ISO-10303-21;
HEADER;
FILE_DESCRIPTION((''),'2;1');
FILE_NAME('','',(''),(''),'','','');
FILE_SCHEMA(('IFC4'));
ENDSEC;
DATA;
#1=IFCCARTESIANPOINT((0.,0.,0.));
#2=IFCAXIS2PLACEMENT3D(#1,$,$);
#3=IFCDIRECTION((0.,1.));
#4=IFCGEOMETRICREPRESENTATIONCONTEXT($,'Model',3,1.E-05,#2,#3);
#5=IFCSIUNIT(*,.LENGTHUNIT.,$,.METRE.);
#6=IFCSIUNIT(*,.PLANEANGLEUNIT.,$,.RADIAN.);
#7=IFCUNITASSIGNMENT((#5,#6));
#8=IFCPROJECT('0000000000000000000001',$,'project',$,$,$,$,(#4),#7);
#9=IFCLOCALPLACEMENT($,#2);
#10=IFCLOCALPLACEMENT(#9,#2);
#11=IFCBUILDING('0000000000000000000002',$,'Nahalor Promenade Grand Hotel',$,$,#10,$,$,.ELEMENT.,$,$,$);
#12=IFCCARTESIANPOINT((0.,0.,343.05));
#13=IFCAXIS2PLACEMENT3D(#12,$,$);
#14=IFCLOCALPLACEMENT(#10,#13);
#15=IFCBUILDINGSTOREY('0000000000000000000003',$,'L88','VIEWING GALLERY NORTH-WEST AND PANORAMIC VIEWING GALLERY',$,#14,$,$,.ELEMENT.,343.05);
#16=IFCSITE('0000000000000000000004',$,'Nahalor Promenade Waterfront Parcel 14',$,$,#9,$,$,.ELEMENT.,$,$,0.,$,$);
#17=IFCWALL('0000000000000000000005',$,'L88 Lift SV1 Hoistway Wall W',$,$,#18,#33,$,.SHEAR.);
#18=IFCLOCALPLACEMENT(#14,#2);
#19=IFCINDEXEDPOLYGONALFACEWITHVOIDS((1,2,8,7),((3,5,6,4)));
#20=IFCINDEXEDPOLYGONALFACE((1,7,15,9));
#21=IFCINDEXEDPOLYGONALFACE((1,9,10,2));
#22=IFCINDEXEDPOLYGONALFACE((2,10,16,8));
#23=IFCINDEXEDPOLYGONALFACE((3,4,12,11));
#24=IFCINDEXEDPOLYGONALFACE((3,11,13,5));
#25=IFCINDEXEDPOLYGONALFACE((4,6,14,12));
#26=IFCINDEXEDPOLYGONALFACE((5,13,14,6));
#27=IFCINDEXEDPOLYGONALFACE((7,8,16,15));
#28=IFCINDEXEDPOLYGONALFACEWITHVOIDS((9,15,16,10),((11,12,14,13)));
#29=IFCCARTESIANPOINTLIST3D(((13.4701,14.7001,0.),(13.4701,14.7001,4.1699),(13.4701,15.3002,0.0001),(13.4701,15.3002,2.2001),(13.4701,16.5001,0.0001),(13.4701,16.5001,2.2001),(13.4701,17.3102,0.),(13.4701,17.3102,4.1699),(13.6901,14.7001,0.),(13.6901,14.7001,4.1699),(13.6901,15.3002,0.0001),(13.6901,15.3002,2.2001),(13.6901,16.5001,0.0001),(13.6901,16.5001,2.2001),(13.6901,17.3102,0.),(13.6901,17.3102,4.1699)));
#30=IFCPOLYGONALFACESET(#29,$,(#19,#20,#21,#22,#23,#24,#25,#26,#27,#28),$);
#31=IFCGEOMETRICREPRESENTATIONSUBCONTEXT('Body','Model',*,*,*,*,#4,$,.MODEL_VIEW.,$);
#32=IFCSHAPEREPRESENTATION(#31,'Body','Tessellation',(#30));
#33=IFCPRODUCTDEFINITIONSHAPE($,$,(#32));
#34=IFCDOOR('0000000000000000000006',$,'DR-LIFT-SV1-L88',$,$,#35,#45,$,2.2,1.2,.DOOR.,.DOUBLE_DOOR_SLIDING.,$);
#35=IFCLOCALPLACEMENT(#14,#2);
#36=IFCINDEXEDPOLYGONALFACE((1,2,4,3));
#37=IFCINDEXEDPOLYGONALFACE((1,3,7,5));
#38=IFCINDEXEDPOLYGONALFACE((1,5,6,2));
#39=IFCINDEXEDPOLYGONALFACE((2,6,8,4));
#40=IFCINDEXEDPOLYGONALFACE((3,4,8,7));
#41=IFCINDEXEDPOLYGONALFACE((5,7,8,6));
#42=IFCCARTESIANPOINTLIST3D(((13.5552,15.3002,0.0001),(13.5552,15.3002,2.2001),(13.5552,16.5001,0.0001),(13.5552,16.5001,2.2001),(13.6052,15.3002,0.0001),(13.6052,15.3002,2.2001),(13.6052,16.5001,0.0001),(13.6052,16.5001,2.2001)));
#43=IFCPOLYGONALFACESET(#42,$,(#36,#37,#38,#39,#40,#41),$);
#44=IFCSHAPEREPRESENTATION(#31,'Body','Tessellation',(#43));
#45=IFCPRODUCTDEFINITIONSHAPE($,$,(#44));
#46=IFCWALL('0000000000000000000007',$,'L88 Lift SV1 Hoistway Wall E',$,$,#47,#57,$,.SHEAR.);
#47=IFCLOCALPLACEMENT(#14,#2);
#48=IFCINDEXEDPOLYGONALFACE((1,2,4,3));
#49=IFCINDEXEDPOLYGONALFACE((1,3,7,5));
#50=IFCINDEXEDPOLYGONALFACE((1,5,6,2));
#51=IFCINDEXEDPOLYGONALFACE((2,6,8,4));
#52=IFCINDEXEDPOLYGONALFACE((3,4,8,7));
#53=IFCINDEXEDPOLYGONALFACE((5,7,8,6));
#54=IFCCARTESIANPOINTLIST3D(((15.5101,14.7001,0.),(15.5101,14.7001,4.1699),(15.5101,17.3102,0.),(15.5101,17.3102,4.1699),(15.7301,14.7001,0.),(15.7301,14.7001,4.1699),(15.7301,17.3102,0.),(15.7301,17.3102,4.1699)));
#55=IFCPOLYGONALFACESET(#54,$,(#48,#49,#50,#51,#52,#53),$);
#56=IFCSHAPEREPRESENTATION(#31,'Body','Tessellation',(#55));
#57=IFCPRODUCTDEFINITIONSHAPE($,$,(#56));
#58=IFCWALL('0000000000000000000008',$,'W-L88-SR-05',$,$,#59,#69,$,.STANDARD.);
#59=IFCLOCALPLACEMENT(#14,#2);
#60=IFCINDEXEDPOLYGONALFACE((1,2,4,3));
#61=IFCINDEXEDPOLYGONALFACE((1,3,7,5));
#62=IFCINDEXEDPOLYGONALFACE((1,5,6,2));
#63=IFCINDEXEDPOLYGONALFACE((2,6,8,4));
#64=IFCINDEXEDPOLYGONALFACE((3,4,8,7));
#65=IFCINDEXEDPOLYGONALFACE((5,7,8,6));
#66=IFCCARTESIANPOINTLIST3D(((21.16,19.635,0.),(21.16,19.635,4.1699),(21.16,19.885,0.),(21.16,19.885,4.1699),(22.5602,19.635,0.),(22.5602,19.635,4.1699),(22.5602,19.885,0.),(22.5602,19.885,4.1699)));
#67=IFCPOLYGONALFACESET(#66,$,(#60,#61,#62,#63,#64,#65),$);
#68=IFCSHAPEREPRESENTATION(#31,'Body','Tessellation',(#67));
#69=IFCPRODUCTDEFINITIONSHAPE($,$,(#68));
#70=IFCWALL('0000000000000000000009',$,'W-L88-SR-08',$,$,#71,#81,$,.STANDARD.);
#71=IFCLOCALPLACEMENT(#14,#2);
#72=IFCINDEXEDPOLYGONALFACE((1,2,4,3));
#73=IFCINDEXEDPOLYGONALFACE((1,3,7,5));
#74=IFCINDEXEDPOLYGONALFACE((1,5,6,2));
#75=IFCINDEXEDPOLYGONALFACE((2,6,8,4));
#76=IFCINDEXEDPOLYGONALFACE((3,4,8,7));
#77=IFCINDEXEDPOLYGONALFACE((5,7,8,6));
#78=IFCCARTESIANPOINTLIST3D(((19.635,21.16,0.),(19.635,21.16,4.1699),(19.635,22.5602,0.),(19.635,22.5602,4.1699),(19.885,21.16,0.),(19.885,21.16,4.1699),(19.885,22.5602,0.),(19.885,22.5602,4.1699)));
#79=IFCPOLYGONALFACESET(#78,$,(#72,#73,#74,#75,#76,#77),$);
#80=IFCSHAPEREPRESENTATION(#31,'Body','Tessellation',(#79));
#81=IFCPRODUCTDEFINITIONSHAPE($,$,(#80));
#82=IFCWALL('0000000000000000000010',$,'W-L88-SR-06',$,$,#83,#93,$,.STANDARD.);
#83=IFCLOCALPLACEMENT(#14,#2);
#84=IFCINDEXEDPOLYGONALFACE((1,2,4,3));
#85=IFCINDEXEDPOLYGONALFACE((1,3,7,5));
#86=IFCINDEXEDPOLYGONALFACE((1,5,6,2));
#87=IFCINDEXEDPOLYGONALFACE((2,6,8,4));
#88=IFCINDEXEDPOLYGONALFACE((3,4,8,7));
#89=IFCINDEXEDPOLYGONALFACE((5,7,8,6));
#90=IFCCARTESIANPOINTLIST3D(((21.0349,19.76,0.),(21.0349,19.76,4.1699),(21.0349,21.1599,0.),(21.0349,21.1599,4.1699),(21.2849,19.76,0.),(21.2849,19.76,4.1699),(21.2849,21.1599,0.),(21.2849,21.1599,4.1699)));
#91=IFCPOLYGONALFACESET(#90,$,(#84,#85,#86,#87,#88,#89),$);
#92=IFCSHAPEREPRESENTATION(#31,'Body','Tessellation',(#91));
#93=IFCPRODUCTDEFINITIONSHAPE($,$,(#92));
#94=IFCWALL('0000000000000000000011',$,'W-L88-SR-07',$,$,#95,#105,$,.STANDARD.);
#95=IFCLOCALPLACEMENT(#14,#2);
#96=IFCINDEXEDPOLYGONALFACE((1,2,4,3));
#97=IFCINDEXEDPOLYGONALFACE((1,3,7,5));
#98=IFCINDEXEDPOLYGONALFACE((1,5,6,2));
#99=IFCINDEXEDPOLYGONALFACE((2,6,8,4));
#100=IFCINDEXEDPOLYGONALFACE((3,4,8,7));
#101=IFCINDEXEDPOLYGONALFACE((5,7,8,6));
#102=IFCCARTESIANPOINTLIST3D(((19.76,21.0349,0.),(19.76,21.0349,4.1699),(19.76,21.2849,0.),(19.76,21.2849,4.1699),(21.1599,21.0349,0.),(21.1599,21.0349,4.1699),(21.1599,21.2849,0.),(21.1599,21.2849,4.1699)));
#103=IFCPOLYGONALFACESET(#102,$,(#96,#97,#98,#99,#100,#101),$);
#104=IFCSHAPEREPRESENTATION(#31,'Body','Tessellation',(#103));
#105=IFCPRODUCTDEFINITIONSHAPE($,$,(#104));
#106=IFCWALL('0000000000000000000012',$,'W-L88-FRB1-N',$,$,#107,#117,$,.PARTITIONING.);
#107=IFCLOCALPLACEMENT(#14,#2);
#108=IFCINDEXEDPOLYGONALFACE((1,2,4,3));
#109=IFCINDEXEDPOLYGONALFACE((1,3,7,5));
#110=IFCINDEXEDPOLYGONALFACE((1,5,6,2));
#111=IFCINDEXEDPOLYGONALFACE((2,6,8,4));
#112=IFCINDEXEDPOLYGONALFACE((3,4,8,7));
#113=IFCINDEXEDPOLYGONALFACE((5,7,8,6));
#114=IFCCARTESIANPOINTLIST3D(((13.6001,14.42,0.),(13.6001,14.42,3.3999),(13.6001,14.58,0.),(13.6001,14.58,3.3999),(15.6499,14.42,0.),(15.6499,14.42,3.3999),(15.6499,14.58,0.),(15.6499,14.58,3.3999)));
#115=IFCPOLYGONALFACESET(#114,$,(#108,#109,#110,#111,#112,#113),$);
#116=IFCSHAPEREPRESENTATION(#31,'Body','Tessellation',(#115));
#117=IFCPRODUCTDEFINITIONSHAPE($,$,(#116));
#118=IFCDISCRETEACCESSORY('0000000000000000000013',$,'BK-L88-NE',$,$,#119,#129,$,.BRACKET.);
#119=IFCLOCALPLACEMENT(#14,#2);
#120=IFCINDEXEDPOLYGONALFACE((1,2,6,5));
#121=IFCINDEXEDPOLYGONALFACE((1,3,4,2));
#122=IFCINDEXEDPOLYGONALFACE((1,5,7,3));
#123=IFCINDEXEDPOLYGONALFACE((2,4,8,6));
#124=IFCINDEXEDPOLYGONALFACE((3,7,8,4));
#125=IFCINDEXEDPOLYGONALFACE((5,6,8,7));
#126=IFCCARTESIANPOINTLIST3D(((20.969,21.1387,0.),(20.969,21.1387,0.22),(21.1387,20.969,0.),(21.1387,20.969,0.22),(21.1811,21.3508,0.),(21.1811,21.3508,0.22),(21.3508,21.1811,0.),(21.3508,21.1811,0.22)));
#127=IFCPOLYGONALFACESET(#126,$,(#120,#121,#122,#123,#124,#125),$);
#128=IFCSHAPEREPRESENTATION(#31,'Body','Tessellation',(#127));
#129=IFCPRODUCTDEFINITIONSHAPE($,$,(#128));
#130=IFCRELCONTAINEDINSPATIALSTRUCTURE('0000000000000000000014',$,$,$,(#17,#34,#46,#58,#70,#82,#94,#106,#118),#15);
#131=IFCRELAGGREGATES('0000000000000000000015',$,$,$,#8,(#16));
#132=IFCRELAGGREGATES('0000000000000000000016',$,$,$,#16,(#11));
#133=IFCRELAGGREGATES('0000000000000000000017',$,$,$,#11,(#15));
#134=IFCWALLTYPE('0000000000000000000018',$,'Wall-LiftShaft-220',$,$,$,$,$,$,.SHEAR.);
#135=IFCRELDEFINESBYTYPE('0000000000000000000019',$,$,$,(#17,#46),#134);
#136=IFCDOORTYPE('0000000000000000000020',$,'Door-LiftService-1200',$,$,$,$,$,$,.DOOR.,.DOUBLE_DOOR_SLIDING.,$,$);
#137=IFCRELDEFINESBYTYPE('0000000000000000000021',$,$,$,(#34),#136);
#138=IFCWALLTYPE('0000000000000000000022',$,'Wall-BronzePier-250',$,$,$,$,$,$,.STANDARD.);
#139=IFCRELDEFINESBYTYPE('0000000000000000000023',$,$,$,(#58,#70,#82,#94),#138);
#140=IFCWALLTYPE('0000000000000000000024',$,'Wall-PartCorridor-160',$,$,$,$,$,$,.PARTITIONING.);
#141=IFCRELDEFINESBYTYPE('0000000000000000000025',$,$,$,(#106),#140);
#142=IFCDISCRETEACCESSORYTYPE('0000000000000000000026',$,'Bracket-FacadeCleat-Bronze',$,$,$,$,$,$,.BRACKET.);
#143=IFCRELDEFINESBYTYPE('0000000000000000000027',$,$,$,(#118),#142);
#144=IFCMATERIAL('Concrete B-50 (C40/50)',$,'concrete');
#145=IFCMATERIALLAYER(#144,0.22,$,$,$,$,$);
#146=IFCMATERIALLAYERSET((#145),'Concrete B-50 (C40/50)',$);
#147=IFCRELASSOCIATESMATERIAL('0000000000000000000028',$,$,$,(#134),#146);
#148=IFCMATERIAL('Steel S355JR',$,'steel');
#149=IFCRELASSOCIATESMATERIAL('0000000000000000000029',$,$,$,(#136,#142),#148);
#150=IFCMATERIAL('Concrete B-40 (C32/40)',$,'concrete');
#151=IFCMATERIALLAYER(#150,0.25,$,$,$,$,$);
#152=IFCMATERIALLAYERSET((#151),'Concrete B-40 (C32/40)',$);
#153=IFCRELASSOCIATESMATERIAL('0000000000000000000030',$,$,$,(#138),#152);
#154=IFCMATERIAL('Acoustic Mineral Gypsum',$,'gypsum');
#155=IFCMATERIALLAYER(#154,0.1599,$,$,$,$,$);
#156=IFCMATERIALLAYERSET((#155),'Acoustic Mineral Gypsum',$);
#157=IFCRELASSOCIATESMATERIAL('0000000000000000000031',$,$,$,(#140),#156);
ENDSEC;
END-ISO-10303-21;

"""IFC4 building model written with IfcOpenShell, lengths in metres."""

from ifc_helpers import new_model, si_unit, direction, frame, frame_2d, origin, origin_2d, place, context, subcontext, project, spatial, rectangle, extrude, source, transform, mapped, material, layer, layer_set, type_object, element, fill, save


model = new_model("IFC4")

# Units and contexts
model_context = context("Model", 3, precision=1e-05, world=origin(), true_north=direction((0.0, 1.0)))
body_context = subcontext(model_context, "Body", "Model", "MODEL_VIEW")
ifc_project = project(units=[si_unit("LENGTHUNIT", "METRE"), si_unit("PLANEANGLEUNIT", "RADIAN")], contexts=[model_context])

# Site, building, storey
site_placement = place(None, origin())
site = spatial("IfcSite", under=ifc_project, at=site_placement, Name="Nahalor Promenade Waterfront Parcel 14", CompositionType="ELEMENT", RefElevation=0.0)
building_placement = place(site_placement, origin())
building = spatial("IfcBuilding", under=site, at=building_placement, Name="Nahalor Promenade Grand Hotel", CompositionType="ELEMENT")
storey_placement = place(building_placement, frame((0.0, 0.0, 343.05)))
storey = spatial("IfcBuildingStorey", under=building, at=storey_placement, Name="L88", Description="VIEWING GALLERY NORTH-WEST AND PANORAMIC VIEWING GALLERY", CompositionType="ELEMENT", Elevation=343.05)

# Shared definitions
ifc_material_1 = material(Name="Concrete B-50 (C40/50)", Category="concrete")
ifc_material_2 = material(Name="Steel S355JR", Category="steel")

# Shared definitions
ifc_layer_1 = layer(ifc_material_1, 0.22)
ifc_layer_set_1 = layer_set([ifc_layer_1], Name="Concrete B-50 (C40/50)")
wall_type_1 = type_object("IfcWallType", Name="Wall-LiftShaft-220", PredefinedType="SHEAR", material=ifc_layer_set_1)

# Wall, opening, door
shared_shape_1 = source(origin(), body_context, "Body", "SweptSolid", [
    extrude(rectangle(XDim=2.6101, YDim=0.22, at=frame_2d((1.3052, 0.0))), origin(), (0.0, 0.0, 1.0), 4.1699),
])
wall_1_placement = place(storey_placement, frame((13.5801, 14.7, 0.0), z_axis=(0.0, 0.0, 1.0), x_axis=(0.0, 1.0, 0.0)))
wall_1 = element("IfcWall", 1, at=wall_1_placement, inside=storey, type_object=wall_type_1, Name="L88 Lift SV1 Hoistway Wall W", PredefinedType="SHEAR", context=body_context, shape_type="MappedRepresentation", body=[
    mapped(shared_shape_1, transform((0.0, 0.0, 0.0), scale=1.0)),
])
opening_placement = place(wall_1_placement, frame((0.6001, 0.0, 0.0)))
opening = element("IfcOpeningElement", 2, at=opening_placement, cuts=wall_1, PredefinedType="OPENING", context=body_context, shape_type="SweptSolid", body=[
    extrude(rectangle(XDim=1.2, YDim=2.2, at=frame_2d((0.6001, 1.1001))), frame((0.0, 0.1199, 0.0), z_axis=(0.0, -1.0, 0.0), x_axis=(1.0, 0.0, 0.0)), (0.0, 0.0, 1.0), 0.24),
])
door_type = type_object("IfcDoorType", Name="Door-LiftService-1200", OperationType="DOUBLE_DOOR_SLIDING", PredefinedType="DOOR", material=ifc_material_2)
shared_shape_2 = source(origin(), body_context, "Body", "SweptSolid", [
    extrude(rectangle(XDim=1.2, YDim=2.2, at=frame_2d((0.6001, 1.1001))), frame((0.0, 0.0249, 0.0), z_axis=(0.0, -1.0, 0.0), x_axis=(1.0, 0.0, 0.0)), (0.0, 0.0, 1.0), 0.05),
])
door_placement = place(opening_placement, origin())
door = element("IfcDoor", 3, at=door_placement, inside=storey, type_object=door_type, Name="DR-LIFT-SV1-L88", OperationType="DOUBLE_DOOR_SLIDING", OverallHeight=2.2, OverallWidth=1.2, PredefinedType="DOOR", context=body_context, shape_type="MappedRepresentation", body=[
    mapped(shared_shape_2, transform((0.0, 0.0, 0.0), scale=1.0)),
])
fill(opening, door)

# Walls
wall_2_placement = place(storey_placement, frame((15.6201, 14.7, 0.0), z_axis=(0.0, 0.0, 1.0), x_axis=(0.0, 1.0, 0.0)))
element("IfcWall", 4, at=wall_2_placement, inside=storey, type_object=wall_type_1, Name="L88 Lift SV1 Hoistway Wall E", PredefinedType="SHEAR", context=body_context, shape_type="MappedRepresentation", body=[
    mapped(shared_shape_1, transform((0.0, 0.0, 0.0), scale=1.0)),
])
ifc_material_3 = material(Name="Concrete B-40 (C32/40)", Category="concrete")
ifc_layer_2 = layer(ifc_material_3, 0.25)
ifc_layer_set_2 = layer_set([ifc_layer_2], Name="Concrete B-40 (C32/40)")
wall_type_2 = type_object("IfcWallType", Name="Wall-BronzePier-250", PredefinedType="STANDARD", material=ifc_layer_set_2)
shared_shape_3 = source(origin(), body_context, "Body", "SweptSolid", [
    extrude(rectangle(XDim=1.4001, YDim=0.25, at=frame_2d((0.7002, 0.0))), origin(), (0.0, 0.0, 1.0), 4.1699),
])
for number, where, z_axis, x_axis, name in (
    (5, (21.1599, 19.76, 0.0), (0.0, 0.0, 1.0), (1.0, 0.0, 0.0), "W-L88-SR-05"),
    (6, (19.76, 21.1599, 0.0), (0.0, 0.0, 1.0), (0.0, 1.0, 0.0), "W-L88-SR-08"),
):
    element("IfcWall", number, at=place(storey_placement, frame(where, z_axis=z_axis, x_axis=x_axis)), inside=storey, type_object=wall_type_2, Name=name, PredefinedType="STANDARD", context=body_context, shape_type="MappedRepresentation", body=[
        mapped(shared_shape_3, transform((0.0, 0.0, 0.0), scale=1.0)),
    ])
shared_shape_4 = source(origin(), body_context, "Body", "SweptSolid", [
    extrude(rectangle(XDim=1.3999, YDim=0.25, at=frame_2d((0.7, 0.0))), origin(), (0.0, 0.0, 1.0), 4.1699),
])
for number, where, z_axis, x_axis, name in (
    (7, (21.1599, 19.76, 0.0), (0.0, 0.0, 1.0), (0.0, 1.0, 0.0), "W-L88-SR-06"),
    (8, (19.76, 21.1599, 0.0), (0.0, 0.0, 1.0), (1.0, 0.0, 0.0), "W-L88-SR-07"),
):
    element("IfcWall", number, at=place(storey_placement, frame(where, z_axis=z_axis, x_axis=x_axis)), inside=storey, type_object=wall_type_2, Name=name, PredefinedType="STANDARD", context=body_context, shape_type="MappedRepresentation", body=[
        mapped(shared_shape_4, transform((0.0, 0.0, 0.0), scale=1.0)),
    ])
ifc_material_4 = material(Name="Acoustic Mineral Gypsum", Category="gypsum")
ifc_layer_3 = layer(ifc_material_4, 0.1599)
ifc_layer_set_3 = layer_set([ifc_layer_3], Name="Acoustic Mineral Gypsum")
wall_type_3 = type_object("IfcWallType", Name="Wall-PartCorridor-160", PredefinedType="PARTITIONING", material=ifc_layer_set_3)
shared_shape_5 = source(origin(), body_context, "Body", "SweptSolid", [
    extrude(rectangle(XDim=2.0498, YDim=0.1599, at=frame_2d((1.0249, 0.0))), origin(), (0.0, 0.0, 1.0), 3.3999),
])
wall_3_placement = place(storey_placement, frame((13.6001, 14.5, 0.0), z_axis=(0.0, 0.0, 1.0), x_axis=(1.0, 0.0, 0.0)))
element("IfcWall", 9, at=wall_3_placement, inside=storey, type_object=wall_type_3, Name="W-L88-FRB1-N", PredefinedType="PARTITIONING", context=body_context, shape_type="MappedRepresentation", body=[
    mapped(shared_shape_5, transform((0.0, 0.0, 0.0), scale=1.0)),
])

# Discrete accessory
discrete_accessory_type = type_object("IfcDiscreteAccessoryType", Name="Bracket-FacadeCleat-Bronze", PredefinedType="BRACKET", material=ifc_material_2)
shared_shape_6 = source(origin(), body_context, "Body", "SweptSolid", [
    extrude(rectangle(XDim=0.3, YDim=0.24, at=origin_2d()), origin(), (0.0, 0.0, 1.0), 0.22),
])
discrete_accessory_placement = place(storey_placement, frame((21.1599, 21.1599, 0.0), z_axis=(0.0, 0.0, 1.0), x_axis=(0.707107, 0.707107, 0.0)))
element("IfcDiscreteAccessory", 10, at=discrete_accessory_placement, inside=storey, type_object=discrete_accessory_type, Name="BK-L88-NE", PredefinedType="BRACKET", context=body_context, shape_type="MappedRepresentation", body=[
    mapped(shared_shape_6, transform((0.0, 0.0, 0.0), scale=1.0)),
])

save(model, "model.ifc")
